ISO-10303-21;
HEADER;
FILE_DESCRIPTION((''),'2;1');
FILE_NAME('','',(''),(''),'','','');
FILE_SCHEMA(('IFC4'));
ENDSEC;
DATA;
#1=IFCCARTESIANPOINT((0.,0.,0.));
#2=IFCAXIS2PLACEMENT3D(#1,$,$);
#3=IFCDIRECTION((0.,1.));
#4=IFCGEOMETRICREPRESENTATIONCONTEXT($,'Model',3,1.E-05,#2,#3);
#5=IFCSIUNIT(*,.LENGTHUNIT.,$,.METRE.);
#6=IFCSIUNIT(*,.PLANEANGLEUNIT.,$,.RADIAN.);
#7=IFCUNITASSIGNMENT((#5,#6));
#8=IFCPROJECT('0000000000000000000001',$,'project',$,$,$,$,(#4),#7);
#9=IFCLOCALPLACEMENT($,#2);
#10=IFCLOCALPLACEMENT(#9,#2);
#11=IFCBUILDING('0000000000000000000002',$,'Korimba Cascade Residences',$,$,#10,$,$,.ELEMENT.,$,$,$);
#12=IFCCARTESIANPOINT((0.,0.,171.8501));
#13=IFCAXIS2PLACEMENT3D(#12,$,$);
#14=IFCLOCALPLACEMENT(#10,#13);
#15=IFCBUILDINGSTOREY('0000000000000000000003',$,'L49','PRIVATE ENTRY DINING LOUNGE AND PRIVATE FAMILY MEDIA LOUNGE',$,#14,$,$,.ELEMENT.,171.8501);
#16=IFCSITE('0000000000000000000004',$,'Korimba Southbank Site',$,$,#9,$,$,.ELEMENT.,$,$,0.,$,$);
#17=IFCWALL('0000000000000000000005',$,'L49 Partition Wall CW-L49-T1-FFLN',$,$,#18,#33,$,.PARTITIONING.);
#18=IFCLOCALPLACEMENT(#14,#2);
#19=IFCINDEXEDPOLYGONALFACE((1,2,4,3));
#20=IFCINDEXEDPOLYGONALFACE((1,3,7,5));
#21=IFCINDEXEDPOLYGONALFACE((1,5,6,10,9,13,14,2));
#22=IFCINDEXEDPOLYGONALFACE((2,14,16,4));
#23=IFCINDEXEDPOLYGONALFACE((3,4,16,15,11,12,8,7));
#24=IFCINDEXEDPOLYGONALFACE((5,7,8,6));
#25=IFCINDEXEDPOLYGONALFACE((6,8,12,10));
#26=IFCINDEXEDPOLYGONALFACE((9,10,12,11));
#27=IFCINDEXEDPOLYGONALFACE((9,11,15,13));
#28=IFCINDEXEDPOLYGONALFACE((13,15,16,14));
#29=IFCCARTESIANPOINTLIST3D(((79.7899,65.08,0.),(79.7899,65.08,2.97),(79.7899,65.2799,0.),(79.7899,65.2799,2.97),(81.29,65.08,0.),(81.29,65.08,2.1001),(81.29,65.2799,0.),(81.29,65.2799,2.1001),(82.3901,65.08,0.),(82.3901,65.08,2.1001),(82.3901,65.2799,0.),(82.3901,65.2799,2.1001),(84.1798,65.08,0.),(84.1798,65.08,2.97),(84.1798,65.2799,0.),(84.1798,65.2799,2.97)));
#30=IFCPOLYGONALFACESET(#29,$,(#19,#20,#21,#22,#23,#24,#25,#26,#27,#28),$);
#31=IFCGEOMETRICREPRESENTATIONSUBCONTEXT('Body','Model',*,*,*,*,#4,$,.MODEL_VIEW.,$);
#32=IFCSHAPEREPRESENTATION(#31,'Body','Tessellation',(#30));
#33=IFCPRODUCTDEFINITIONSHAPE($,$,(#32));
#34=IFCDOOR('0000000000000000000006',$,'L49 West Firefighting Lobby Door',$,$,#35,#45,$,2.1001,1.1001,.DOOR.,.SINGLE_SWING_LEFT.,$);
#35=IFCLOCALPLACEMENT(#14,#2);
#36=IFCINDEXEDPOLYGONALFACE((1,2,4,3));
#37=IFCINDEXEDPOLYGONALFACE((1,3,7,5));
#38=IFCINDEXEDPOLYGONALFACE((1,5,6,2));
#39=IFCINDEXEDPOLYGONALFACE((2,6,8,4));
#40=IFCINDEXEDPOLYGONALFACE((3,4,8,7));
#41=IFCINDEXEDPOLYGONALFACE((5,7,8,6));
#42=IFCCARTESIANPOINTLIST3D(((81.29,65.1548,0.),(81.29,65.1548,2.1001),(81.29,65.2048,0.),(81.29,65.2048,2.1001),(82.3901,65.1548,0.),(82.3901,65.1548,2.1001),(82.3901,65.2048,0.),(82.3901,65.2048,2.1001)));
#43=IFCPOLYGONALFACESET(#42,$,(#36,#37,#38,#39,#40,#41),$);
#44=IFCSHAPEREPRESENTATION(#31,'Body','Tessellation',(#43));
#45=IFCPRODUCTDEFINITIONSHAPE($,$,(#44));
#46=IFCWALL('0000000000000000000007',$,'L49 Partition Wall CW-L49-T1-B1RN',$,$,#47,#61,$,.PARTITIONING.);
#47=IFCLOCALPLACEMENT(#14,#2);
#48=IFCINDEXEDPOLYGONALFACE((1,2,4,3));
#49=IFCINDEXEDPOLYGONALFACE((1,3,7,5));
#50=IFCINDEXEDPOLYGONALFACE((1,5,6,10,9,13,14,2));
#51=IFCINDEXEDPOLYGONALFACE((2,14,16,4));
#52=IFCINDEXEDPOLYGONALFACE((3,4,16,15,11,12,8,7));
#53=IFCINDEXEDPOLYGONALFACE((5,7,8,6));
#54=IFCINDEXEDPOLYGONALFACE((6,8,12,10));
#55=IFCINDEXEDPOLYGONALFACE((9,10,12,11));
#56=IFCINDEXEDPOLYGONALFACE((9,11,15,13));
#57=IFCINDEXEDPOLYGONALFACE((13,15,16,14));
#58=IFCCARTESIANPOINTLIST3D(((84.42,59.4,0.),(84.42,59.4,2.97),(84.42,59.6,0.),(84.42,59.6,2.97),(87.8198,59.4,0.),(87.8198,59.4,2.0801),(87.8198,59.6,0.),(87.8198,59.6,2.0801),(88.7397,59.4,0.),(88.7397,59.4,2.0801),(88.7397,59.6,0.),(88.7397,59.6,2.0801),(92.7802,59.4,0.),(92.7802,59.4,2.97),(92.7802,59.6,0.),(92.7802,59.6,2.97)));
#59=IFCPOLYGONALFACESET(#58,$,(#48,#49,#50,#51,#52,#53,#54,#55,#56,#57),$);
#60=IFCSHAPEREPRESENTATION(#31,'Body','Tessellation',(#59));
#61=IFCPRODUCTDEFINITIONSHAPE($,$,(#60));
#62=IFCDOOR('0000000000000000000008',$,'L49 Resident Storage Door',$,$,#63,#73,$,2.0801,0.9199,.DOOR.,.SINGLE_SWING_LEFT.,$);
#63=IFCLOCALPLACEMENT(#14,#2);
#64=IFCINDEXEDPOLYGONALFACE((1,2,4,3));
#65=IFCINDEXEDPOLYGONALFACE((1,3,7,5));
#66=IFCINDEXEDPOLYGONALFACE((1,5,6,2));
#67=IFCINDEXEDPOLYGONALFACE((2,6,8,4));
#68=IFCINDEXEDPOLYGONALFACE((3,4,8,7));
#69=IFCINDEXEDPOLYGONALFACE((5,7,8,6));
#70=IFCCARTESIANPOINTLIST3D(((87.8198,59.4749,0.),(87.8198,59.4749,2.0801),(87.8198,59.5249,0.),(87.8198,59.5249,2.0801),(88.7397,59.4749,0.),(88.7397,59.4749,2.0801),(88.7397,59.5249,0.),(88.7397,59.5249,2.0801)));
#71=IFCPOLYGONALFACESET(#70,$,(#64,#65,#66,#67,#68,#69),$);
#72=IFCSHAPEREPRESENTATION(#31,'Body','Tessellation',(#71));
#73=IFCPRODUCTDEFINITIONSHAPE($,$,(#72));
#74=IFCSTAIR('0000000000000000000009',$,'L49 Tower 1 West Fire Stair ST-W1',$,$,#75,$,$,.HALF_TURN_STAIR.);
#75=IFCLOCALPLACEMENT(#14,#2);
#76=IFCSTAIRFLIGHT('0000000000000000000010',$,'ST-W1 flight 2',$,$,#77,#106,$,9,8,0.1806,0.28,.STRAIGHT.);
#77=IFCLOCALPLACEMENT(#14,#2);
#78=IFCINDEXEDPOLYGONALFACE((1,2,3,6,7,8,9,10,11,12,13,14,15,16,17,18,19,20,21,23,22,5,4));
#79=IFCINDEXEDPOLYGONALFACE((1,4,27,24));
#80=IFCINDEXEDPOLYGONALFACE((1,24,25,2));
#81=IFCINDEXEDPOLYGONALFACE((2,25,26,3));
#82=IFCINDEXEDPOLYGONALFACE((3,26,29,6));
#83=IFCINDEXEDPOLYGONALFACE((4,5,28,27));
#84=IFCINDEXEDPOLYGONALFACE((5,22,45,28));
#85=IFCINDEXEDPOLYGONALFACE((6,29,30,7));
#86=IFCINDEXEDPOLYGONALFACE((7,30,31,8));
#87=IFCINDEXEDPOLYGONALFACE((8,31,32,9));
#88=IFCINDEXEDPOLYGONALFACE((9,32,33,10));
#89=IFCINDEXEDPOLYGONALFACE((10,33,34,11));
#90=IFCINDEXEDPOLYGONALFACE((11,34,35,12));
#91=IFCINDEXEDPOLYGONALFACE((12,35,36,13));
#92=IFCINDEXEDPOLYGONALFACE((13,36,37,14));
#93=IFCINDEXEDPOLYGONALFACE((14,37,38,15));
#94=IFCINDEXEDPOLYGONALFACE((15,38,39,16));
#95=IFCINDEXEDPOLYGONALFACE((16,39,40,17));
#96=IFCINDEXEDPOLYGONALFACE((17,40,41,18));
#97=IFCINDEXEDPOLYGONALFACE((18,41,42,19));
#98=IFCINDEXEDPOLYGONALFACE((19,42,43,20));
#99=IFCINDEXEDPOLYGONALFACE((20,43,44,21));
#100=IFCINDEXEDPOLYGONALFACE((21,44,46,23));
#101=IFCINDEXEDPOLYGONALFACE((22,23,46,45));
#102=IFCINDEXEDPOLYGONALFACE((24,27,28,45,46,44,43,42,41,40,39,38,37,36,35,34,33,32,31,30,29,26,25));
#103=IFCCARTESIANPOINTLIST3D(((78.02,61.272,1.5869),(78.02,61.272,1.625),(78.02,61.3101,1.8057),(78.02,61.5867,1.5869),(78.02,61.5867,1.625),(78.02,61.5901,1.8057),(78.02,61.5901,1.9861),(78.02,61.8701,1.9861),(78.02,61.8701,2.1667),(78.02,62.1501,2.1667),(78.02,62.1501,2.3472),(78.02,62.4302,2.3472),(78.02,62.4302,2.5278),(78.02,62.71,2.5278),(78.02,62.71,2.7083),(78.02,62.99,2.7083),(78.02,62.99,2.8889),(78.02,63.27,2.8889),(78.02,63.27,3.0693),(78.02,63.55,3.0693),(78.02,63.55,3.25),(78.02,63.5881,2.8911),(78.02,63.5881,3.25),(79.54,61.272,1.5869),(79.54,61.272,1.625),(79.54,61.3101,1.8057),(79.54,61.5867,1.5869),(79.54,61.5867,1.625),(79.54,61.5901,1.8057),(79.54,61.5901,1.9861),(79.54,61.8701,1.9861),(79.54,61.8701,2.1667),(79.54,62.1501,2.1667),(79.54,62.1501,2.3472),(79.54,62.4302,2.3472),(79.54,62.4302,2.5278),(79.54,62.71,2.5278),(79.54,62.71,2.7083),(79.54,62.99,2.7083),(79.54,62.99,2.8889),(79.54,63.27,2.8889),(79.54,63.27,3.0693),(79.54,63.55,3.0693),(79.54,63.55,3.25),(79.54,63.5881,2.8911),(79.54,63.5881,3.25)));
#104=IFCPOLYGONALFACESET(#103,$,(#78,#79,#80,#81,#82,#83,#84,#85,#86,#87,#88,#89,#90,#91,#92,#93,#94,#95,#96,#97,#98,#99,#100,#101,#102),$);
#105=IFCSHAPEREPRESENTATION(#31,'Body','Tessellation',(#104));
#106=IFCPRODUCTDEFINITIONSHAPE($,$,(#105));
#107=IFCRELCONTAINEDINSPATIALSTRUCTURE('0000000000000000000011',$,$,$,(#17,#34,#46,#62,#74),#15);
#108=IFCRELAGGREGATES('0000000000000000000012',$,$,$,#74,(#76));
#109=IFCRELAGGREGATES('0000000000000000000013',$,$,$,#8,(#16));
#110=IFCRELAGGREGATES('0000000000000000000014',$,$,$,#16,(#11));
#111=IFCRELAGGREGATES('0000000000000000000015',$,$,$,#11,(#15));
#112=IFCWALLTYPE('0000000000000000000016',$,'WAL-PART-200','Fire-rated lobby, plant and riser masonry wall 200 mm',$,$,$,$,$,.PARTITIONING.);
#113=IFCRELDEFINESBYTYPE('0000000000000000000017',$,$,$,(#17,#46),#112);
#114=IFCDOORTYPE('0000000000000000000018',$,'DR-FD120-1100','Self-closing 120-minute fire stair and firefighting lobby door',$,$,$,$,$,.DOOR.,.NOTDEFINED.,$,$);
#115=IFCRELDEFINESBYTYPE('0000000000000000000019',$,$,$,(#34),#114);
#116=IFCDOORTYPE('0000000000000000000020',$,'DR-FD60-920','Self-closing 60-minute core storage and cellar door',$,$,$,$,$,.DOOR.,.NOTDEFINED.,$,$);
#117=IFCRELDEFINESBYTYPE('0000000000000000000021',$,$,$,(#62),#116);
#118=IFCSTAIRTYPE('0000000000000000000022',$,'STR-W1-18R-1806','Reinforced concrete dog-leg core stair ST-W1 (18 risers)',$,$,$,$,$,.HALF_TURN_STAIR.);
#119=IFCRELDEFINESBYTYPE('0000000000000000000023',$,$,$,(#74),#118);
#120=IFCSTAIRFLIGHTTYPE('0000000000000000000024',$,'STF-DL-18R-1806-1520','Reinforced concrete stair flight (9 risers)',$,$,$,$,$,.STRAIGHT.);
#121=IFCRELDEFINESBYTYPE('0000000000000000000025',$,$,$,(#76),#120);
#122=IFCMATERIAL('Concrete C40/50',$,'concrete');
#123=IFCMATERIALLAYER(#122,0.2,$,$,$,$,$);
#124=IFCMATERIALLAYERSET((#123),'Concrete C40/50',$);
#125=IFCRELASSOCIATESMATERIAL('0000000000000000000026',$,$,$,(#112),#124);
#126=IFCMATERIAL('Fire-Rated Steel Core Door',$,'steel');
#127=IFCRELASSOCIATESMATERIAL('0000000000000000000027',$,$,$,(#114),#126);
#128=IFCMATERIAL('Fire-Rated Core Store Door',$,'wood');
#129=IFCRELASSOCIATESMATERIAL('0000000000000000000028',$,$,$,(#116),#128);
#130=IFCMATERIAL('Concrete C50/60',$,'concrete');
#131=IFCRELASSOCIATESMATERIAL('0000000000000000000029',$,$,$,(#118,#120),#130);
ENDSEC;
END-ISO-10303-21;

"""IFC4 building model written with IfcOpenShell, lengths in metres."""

from ifc_helpers import new_model, si_unit, direction, frame, frame_2d, origin, place, context, subcontext, project, spatial, polyline, rectangle, outline, extrude, material, layer, layer_set, type_object, element, fill, aggregate, save


model = new_model("IFC4")

# Units and contexts
model_context = context("Model", 3, precision=1e-05, world=origin(), true_north=direction((0.0, 1.0)))
body_context = subcontext(model_context, "Body", "Model", "MODEL_VIEW")
ifc_project = project(units=[si_unit("LENGTHUNIT", "METRE"), si_unit("PLANEANGLEUNIT", "RADIAN")], contexts=[model_context])

# Site, building, storey
site_placement = place(None, origin())
site = spatial("IfcSite", under=ifc_project, at=site_placement, Name="Korimba Southbank Site", CompositionType="ELEMENT", RefElevation=0.0)
building_placement = place(site_placement, origin())
building = spatial("IfcBuilding", under=site, at=building_placement, Name="Korimba Cascade Residences", CompositionType="ELEMENT")
storey_placement = place(building_placement, frame((0.0, 0.0, 171.8501)))
storey = spatial("IfcBuildingStorey", under=building, at=storey_placement, Name="L49", Description="PRIVATE ENTRY DINING LOUNGE AND PRIVATE FAMILY MEDIA LOUNGE", CompositionType="ELEMENT", Elevation=171.8501)

# Walls, openings, doors
ifc_material_1 = material(Name="Concrete C40/50", Category="concrete")
ifc_layer = layer(ifc_material_1, 0.2)
ifc_layer_set = layer_set([ifc_layer], Name="Concrete C40/50")
wall_type = type_object("IfcWallType", Name="WAL-PART-200", Description="Fire-rated lobby, plant and riser masonry wall 200 mm", PredefinedType="PARTITIONING", material=ifc_layer_set)
wall_1_placement = place(storey_placement, frame((79.79, 65.1799, 0.0), z_axis=(0.0, 0.0, 1.0), x_axis=(1.0, 0.0, 0.0)))
wall_1 = element("IfcWall", 1, at=wall_1_placement, inside=storey, type_object=wall_type, Name="L49 Partition Wall CW-L49-T1-FFLN", PredefinedType="PARTITIONING", context=body_context, shape_type="SweptSolid", body=[
    extrude(rectangle(XDim=4.3899, YDim=0.2, at=frame_2d((2.1948, 0.0))), origin(), (0.0, 0.0, 1.0), 2.97),
])
opening_1_placement = place(wall_1_placement, frame((1.5, 0.0, 0.0)))
opening_1 = element("IfcOpeningElement", 2, at=opening_1_placement, cuts=wall_1, PredefinedType="OPENING", context=body_context, shape_type="SweptSolid", body=[
    extrude(rectangle(XDim=1.1001, YDim=2.1001, at=frame_2d((0.55, 1.05))), frame((0.0, 0.1099, 0.0), z_axis=(0.0, -1.0, 0.0), x_axis=(1.0, 0.0, 0.0)), (0.0, 0.0, 1.0), 0.22),
])
ifc_material_2 = material(Name="Fire-Rated Steel Core Door", Category="steel")
door_type_1 = type_object("IfcDoorType", Name="DR-FD120-1100", Description="Self-closing 120-minute fire stair and firefighting lobby door", OperationType="NOTDEFINED", PredefinedType="DOOR", material=ifc_material_2)
door_1_placement = place(opening_1_placement, origin())
door_1 = element("IfcDoor", 3, at=door_1_placement, inside=storey, type_object=door_type_1, Name="L49 West Firefighting Lobby Door", OperationType="SINGLE_SWING_LEFT", OverallHeight=2.1001, OverallWidth=1.1001, PredefinedType="DOOR", context=body_context, shape_type="SweptSolid", body=[
    extrude(rectangle(XDim=1.1001, YDim=2.1001, at=frame_2d((0.55, 1.05))), frame((0.0, 0.0249, 0.0), z_axis=(0.0, -1.0, 0.0), x_axis=(1.0, 0.0, 0.0)), (0.0, 0.0, 1.0), 0.05),
])
fill(opening_1, door_1)
wall_2_placement = place(storey_placement, frame((84.4199, 59.5, 0.0), z_axis=(0.0, 0.0, 1.0), x_axis=(1.0, 0.0, 0.0)))
wall_2 = element("IfcWall", 4, at=wall_2_placement, inside=storey, type_object=wall_type, Name="L49 Partition Wall CW-L49-T1-B1RN", PredefinedType="PARTITIONING", context=body_context, shape_type="SweptSolid", body=[
    extrude(rectangle(XDim=8.3601, YDim=0.2, at=frame_2d((4.1802, 0.0))), origin(), (0.0, 0.0, 1.0), 2.97),
])
opening_2_placement = place(wall_2_placement, frame((3.3999, 0.0, 0.0)))
opening_2 = element("IfcOpeningElement", 5, at=opening_2_placement, cuts=wall_2, PredefinedType="OPENING", context=body_context, shape_type="SweptSolid", body=[
    extrude(rectangle(XDim=0.9199, YDim=2.0801, at=frame_2d((0.46, 1.04))), frame((0.0, 0.1099, 0.0), z_axis=(0.0, -1.0, 0.0), x_axis=(1.0, 0.0, 0.0)), (0.0, 0.0, 1.0), 0.22),
])
ifc_material_3 = material(Name="Fire-Rated Core Store Door", Category="wood")
door_type_2 = type_object("IfcDoorType", Name="DR-FD60-920", Description="Self-closing 60-minute core storage and cellar door", OperationType="NOTDEFINED", PredefinedType="DOOR", material=ifc_material_3)
door_2_placement = place(opening_2_placement, origin())
door_2 = element("IfcDoor", 6, at=door_2_placement, inside=storey, type_object=door_type_2, Name="L49 Resident Storage Door", OperationType="SINGLE_SWING_LEFT", OverallHeight=2.0801, OverallWidth=0.9199, PredefinedType="DOOR", context=body_context, shape_type="SweptSolid", body=[
    extrude(rectangle(XDim=0.9199, YDim=2.0801, at=frame_2d((0.46, 1.04))), frame((0.0, 0.0249, 0.0), z_axis=(0.0, -1.0, 0.0), x_axis=(1.0, 0.0, 0.0)), (0.0, 0.0, 1.0), 0.05),
])
fill(opening_2, door_2)

# Stair, stair flight
ifc_material_4 = material(Name="Concrete C50/60", Category="concrete")
stair_type = type_object("IfcStairType", Name="STR-W1-18R-1806", Description="Reinforced concrete dog-leg core stair ST-W1 (18 risers)", PredefinedType="HALF_TURN_STAIR", material=ifc_material_4)
stair_placement = place(storey_placement, origin())
stair = element("IfcStair", 7, at=stair_placement, inside=storey, type_object=stair_type, Name="L49 Tower 1 West Fire Stair ST-W1", PredefinedType="HALF_TURN_STAIR")
stair_flight_type = type_object("IfcStairFlightType", Name="STF-DL-18R-1806-1520", Description="Reinforced concrete stair flight (9 risers)", PredefinedType="STRAIGHT", material=ifc_material_4)
stair_flight_placement = place(storey_placement, frame((78.78, 61.3101, 1.625), z_axis=(0.0, 0.0, 1.0), x_axis=(0.0, 1.0, 0.0)))
stair_flight = element("IfcStairFlight", 8, at=stair_flight_placement, type_object=stair_flight_type, Name="ST-W1 flight 2", NumberOfRisers=9, NumberOfTreads=8, PredefinedType="STRAIGHT", RiserHeight=0.1806, TreadLength=0.28, context=body_context, shape_type="SweptSolid", body=[
    extrude(outline(polyline([(-0.0381, 0.0), (0.0, 0.1807), (0.28, 0.1807), (0.28, 0.3611), (0.5601, 0.3611), (0.5601, 0.5417), (0.8401, 0.5417), (0.8401, 0.7222), (1.1201, 0.7222), (1.1201, 0.9028), (1.3999, 0.9028), (1.3999, 1.0833), (1.6799, 1.0833), (1.6799, 1.2639), (1.96, 1.2639), (1.96, 1.4443), (2.24, 1.4443), (2.24, 1.625), (2.2781, 1.625), (2.2781, 1.2661), (0.2766, 0.0), (0.2766, -0.0381), (-0.0381, -0.0381), (-0.0381, 0.0)])), frame((0.0, 0.76, 0.0), z_axis=(0.0, -1.0, 0.0), x_axis=(1.0, 0.0, 0.0)), (0.0, 0.0, 1.0), 1.52),
])
aggregate(stair, [stair_flight])

save(model, "model.ifc")
